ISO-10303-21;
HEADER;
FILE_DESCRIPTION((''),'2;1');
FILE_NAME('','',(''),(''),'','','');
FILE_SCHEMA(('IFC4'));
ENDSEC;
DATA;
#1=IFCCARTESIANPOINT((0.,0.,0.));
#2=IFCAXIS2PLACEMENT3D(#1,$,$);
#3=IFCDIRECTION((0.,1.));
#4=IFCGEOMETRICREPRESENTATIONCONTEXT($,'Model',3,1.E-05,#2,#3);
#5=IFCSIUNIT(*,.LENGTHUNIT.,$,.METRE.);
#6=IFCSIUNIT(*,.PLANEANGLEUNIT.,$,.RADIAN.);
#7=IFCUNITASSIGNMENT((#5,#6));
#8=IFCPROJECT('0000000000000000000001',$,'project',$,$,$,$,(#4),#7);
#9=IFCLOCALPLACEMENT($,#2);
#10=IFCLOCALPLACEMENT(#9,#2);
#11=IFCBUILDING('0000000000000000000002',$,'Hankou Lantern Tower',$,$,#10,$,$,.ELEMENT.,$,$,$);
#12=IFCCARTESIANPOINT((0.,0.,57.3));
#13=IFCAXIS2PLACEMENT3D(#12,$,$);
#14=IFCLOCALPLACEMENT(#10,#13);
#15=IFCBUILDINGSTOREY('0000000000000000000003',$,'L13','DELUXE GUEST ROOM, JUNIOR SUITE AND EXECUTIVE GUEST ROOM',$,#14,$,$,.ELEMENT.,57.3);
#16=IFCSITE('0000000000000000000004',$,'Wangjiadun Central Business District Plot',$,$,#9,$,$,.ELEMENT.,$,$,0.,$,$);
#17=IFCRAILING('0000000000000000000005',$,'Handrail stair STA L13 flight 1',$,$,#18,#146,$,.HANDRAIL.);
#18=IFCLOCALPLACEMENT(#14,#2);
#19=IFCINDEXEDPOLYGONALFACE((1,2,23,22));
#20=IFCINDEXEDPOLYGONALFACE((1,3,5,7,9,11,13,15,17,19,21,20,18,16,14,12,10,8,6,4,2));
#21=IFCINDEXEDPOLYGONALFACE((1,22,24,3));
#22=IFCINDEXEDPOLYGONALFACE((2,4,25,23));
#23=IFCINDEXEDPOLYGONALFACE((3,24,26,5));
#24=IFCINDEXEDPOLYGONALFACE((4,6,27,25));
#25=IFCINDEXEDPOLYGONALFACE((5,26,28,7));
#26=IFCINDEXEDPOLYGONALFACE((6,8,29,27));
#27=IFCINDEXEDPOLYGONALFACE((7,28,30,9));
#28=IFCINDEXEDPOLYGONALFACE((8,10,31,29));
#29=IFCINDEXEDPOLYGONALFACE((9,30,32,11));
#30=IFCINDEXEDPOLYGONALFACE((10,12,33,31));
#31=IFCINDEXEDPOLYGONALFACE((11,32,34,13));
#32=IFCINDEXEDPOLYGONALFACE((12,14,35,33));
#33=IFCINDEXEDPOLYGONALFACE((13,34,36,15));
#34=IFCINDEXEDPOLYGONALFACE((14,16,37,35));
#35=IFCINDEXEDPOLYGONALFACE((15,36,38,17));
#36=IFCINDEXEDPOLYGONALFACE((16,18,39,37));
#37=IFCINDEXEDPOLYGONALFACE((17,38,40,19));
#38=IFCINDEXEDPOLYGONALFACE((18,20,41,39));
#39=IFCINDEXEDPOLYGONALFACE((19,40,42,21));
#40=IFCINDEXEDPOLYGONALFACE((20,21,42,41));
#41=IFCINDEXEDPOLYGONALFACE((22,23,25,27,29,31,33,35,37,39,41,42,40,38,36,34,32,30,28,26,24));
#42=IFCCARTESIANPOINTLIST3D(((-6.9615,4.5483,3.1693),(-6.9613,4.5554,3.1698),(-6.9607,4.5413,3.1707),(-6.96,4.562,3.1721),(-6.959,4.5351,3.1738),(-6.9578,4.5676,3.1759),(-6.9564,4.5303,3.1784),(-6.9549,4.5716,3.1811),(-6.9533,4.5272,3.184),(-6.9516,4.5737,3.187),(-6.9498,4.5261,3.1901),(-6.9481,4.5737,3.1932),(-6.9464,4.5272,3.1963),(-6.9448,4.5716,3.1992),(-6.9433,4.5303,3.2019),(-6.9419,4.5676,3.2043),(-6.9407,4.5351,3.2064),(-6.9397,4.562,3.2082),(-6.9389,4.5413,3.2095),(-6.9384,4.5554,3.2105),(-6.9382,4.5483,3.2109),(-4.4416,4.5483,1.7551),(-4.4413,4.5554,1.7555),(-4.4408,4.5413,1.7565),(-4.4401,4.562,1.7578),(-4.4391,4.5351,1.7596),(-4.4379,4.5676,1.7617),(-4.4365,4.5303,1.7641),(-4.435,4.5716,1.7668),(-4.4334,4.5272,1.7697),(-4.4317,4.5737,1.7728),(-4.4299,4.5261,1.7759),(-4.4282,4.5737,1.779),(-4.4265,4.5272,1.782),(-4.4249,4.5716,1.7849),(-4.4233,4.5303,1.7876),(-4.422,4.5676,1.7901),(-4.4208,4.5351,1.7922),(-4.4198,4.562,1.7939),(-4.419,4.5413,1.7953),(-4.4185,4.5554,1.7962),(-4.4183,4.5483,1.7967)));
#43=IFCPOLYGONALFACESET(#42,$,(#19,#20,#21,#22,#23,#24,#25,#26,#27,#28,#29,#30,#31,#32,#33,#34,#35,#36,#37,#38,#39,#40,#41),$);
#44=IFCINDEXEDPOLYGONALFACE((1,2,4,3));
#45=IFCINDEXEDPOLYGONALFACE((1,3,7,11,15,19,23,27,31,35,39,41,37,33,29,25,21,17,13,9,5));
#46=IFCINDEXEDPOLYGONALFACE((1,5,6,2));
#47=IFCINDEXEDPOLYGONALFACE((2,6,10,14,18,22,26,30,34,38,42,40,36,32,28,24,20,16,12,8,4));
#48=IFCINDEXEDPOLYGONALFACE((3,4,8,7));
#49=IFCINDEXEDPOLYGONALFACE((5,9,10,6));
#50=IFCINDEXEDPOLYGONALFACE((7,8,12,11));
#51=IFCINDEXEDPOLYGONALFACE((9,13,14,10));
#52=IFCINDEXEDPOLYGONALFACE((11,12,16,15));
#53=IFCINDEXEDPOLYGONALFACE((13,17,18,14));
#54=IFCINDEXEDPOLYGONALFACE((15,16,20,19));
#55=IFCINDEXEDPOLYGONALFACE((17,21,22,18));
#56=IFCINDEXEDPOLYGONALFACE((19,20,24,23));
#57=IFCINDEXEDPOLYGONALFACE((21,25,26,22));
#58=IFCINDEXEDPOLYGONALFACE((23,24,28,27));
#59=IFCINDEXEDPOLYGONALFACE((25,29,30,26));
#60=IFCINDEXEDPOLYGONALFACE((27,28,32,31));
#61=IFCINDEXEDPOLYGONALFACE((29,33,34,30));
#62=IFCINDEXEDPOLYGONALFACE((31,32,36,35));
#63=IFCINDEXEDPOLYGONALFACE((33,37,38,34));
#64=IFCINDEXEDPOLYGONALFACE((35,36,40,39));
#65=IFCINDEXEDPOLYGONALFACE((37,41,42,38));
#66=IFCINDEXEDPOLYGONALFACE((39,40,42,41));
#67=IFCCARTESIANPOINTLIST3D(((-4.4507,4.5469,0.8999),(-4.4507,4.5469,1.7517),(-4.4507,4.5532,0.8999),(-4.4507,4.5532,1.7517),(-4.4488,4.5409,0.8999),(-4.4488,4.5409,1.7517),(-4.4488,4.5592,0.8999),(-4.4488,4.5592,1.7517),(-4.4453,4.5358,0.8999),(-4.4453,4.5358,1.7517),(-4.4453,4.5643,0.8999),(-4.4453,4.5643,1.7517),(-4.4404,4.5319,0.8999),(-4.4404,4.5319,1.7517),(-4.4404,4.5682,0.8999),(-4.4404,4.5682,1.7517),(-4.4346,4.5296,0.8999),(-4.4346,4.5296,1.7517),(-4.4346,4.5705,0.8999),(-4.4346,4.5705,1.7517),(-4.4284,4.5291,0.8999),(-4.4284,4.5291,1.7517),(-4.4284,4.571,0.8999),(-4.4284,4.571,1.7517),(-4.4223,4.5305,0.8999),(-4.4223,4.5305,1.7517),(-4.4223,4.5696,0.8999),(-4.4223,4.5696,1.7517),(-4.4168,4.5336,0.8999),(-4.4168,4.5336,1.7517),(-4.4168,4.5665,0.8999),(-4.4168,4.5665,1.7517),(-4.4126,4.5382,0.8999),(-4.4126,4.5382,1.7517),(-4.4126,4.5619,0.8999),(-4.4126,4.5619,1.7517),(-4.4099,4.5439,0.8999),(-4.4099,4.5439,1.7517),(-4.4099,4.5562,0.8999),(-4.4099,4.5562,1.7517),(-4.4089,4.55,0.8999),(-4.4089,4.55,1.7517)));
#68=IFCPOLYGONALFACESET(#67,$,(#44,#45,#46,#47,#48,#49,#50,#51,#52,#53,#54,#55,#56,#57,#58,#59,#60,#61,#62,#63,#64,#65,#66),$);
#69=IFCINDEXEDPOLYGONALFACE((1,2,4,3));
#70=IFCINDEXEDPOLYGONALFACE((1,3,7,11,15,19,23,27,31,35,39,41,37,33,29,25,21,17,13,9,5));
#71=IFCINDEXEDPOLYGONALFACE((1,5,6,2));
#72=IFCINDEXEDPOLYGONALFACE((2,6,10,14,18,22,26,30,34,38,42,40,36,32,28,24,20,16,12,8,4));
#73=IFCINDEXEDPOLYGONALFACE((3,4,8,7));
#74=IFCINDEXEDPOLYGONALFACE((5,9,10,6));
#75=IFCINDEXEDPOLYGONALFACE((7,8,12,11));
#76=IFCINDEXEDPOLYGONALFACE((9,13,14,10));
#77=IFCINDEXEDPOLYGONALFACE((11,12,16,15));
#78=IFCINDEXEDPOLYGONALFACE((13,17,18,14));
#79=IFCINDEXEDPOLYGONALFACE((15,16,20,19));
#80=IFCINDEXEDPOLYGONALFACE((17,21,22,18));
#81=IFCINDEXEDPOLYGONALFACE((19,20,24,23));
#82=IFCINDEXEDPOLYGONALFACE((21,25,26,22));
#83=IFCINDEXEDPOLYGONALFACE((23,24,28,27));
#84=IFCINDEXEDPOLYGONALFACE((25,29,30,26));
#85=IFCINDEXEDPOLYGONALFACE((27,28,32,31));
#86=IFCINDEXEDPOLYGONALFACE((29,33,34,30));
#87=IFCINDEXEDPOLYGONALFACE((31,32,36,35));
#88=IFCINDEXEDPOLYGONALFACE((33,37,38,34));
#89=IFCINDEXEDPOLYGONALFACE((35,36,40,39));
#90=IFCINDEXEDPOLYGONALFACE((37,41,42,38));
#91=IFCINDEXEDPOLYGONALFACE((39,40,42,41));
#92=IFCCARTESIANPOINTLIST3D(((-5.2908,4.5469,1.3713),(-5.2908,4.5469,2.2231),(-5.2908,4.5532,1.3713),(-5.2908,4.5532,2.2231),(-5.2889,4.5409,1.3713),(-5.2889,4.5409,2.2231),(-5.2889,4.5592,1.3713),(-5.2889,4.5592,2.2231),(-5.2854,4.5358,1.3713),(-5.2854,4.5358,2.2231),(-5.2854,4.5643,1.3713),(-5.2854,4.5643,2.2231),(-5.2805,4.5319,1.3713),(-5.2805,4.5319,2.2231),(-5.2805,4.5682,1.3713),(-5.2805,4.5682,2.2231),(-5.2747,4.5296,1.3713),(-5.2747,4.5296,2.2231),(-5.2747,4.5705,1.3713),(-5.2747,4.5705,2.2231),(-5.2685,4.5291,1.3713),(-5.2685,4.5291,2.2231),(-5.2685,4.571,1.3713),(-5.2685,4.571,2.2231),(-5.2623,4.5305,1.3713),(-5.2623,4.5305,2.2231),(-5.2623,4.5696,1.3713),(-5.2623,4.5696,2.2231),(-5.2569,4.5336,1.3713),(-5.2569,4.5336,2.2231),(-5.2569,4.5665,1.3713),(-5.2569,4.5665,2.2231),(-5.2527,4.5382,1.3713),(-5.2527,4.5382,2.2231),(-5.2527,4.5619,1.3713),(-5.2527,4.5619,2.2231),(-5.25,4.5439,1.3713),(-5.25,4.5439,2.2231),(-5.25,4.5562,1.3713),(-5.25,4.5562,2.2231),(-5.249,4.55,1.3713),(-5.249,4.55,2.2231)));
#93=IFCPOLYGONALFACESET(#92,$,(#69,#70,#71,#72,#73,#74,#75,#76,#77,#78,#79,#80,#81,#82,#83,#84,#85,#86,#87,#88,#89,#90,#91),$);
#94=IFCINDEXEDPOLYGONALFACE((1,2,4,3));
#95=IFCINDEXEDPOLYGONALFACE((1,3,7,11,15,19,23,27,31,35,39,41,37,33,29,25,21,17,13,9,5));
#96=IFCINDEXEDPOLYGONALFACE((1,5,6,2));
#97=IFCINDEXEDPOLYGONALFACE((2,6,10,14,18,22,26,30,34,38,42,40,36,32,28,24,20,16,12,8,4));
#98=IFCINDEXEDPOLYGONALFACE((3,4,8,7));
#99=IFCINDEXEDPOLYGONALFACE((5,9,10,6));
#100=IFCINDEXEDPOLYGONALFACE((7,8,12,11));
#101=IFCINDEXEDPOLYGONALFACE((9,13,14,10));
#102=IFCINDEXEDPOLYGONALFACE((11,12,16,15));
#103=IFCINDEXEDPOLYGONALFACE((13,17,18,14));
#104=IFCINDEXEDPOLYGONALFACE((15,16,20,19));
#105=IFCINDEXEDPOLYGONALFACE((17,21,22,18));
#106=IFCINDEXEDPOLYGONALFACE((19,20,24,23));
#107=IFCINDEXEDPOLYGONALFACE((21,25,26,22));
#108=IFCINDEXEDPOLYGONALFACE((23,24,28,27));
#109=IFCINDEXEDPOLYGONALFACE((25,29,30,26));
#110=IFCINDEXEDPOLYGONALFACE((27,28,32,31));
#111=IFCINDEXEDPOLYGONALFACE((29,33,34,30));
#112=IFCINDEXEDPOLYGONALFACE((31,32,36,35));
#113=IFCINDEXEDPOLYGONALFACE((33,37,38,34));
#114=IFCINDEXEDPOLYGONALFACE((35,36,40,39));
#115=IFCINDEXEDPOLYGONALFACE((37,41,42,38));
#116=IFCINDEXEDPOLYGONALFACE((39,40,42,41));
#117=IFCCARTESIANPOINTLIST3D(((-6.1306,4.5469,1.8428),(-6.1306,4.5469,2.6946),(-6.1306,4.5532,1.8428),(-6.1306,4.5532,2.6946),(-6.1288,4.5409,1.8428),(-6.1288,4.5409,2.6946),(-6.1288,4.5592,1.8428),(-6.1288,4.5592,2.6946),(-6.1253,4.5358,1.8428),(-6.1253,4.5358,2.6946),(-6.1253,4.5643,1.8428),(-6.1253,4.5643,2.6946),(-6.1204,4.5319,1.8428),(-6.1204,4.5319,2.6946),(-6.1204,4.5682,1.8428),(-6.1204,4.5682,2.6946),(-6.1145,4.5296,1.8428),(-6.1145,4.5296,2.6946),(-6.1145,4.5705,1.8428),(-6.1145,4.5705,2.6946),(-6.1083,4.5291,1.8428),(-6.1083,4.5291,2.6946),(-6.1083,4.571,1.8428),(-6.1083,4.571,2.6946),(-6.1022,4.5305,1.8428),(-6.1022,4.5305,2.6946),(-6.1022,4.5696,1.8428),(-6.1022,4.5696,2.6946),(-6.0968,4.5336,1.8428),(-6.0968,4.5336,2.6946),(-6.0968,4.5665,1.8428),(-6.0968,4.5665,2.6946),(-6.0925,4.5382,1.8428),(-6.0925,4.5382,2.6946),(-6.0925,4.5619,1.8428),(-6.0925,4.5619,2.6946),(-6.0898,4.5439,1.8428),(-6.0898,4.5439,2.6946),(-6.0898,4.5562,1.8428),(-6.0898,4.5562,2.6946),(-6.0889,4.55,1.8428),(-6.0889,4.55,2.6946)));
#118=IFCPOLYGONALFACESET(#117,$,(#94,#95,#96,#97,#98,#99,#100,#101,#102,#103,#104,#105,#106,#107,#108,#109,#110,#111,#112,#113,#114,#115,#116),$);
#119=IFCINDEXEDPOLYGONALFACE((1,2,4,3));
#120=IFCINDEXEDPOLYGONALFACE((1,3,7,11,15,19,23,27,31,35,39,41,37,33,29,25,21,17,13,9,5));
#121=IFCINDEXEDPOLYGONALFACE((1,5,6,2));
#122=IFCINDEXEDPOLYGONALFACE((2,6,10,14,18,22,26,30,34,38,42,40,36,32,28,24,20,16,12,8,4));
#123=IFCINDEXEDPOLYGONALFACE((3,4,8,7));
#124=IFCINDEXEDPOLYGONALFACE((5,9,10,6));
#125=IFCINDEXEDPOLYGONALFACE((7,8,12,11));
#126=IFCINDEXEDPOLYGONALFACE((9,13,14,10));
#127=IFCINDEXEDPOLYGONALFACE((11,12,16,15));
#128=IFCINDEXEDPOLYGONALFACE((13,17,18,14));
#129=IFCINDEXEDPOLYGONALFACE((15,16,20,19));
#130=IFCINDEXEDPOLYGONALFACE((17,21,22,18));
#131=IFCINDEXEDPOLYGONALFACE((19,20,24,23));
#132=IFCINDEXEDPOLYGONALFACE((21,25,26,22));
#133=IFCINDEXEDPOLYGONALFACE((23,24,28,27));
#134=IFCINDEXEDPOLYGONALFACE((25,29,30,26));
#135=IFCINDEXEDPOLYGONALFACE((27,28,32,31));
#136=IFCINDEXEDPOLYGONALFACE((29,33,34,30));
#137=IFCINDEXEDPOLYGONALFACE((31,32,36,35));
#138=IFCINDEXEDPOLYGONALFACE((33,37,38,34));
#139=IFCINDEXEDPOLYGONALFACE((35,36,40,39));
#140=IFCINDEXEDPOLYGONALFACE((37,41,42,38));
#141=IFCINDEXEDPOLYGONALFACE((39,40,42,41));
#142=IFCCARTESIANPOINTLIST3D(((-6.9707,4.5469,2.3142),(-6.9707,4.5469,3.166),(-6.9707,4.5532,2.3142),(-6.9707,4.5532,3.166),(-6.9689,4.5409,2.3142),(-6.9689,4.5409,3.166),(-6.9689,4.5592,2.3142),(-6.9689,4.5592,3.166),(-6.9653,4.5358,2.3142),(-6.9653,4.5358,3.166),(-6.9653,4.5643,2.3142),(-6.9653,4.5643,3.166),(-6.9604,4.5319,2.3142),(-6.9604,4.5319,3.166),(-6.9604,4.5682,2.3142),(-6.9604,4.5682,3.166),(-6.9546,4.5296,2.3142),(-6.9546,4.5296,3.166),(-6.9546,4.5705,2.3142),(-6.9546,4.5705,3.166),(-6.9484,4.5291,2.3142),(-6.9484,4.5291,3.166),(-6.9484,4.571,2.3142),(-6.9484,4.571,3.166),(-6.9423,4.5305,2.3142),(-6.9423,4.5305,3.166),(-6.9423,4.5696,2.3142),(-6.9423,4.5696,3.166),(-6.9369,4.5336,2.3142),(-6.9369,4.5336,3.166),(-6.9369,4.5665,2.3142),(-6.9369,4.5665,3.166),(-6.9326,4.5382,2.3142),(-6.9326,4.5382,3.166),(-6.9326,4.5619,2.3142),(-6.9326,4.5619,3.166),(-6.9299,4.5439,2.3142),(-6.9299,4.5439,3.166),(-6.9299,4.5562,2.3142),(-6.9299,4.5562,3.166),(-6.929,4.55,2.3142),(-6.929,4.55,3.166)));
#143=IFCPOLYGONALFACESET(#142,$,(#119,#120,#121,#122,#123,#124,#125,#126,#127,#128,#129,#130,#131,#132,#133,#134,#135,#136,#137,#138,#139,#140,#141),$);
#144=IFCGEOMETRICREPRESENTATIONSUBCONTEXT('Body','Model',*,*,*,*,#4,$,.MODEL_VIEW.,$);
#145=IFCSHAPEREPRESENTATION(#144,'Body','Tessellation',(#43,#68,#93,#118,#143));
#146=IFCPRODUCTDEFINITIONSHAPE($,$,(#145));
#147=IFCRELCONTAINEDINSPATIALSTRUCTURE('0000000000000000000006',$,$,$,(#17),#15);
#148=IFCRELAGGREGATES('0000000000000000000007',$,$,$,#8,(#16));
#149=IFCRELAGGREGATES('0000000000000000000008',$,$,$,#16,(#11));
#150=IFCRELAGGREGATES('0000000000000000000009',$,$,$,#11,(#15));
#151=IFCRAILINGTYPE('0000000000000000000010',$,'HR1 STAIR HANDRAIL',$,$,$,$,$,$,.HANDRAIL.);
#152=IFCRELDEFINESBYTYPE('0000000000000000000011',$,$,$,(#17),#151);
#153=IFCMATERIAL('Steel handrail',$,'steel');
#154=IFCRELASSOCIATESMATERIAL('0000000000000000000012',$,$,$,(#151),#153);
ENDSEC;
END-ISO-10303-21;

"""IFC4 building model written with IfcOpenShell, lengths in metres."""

from ifc_helpers import new_model, si_unit, direction, frame, origin, origin_2d, place, context, subcontext, project, spatial, circle, extrude, material, type_object, element, save


model = new_model("IFC4")

# Units and contexts
model_context = context("Model", 3, precision=1e-05, world=origin(), true_north=direction((0.0, 1.0)))
body_context = subcontext(model_context, "Body", "Model", "MODEL_VIEW")
ifc_project = project(units=[si_unit("LENGTHUNIT", "METRE"), si_unit("PLANEANGLEUNIT", "RADIAN")], contexts=[model_context])

# Site, building, storey
site_placement = place(None, origin())
site = spatial("IfcSite", under=ifc_project, at=site_placement, Name="Wangjiadun Central Business District Plot", CompositionType="ELEMENT", RefElevation=0.0)
building_placement = place(site_placement, origin())
building = spatial("IfcBuilding", under=site, at=building_placement, Name="Hankou Lantern Tower", CompositionType="ELEMENT")
storey_placement = place(building_placement, frame((0.0, 0.0, 57.3)))
storey = spatial("IfcBuildingStorey", under=building, at=storey_placement, Name="L13", Description="DELUXE GUEST ROOM, JUNIOR SUITE AND EXECUTIVE GUEST ROOM", CompositionType="ELEMENT", Elevation=57.3)

# Railing
ifc_material_1 = material(Name="Steel handrail", Category="steel")
railing_type = type_object("IfcRailingType", Name="HR1 STAIR HANDRAIL", PredefinedType="HANDRAIL", material=ifc_material_1)
railing_1_placement = place(storey_placement, frame((-4.4299, 4.55, 0.8999)))
element("IfcRailing", 1, at=railing_1_placement, inside=storey, type_object=railing_type, Name="Handrail stair STA L13 flight 1", PredefinedType="HANDRAIL", context=body_context, shape_type="SweptSolid", body=[
    extrude(circle(Radius=0.0239, at=origin_2d()), frame((0.0, 0.0, 0.876), z_axis=(-0.872049, 0.0, 0.489419), x_axis=(0.0, -1.0, 0.0)), (0.0, 0.0, 1.0), 2.8896),
    extrude(circle(Radius=0.021, at=origin_2d()), origin(), (0.0, 0.0, 1.0), 0.8518),
    extrude(circle(Radius=0.021, at=origin_2d()), frame((-0.8401, 0.0, 0.4714)), (0.0, 0.0, 1.0), 0.8518),
    extrude(circle(Radius=0.021, at=origin_2d()), frame((-1.6799, 0.0, 0.9429)), (0.0, 0.0, 1.0), 0.8518),
    extrude(circle(Radius=0.021, at=origin_2d()), frame((-2.52, 0.0, 1.4143)), (0.0, 0.0, 1.0), 0.8518),
])

save(model, "model.ifc")
